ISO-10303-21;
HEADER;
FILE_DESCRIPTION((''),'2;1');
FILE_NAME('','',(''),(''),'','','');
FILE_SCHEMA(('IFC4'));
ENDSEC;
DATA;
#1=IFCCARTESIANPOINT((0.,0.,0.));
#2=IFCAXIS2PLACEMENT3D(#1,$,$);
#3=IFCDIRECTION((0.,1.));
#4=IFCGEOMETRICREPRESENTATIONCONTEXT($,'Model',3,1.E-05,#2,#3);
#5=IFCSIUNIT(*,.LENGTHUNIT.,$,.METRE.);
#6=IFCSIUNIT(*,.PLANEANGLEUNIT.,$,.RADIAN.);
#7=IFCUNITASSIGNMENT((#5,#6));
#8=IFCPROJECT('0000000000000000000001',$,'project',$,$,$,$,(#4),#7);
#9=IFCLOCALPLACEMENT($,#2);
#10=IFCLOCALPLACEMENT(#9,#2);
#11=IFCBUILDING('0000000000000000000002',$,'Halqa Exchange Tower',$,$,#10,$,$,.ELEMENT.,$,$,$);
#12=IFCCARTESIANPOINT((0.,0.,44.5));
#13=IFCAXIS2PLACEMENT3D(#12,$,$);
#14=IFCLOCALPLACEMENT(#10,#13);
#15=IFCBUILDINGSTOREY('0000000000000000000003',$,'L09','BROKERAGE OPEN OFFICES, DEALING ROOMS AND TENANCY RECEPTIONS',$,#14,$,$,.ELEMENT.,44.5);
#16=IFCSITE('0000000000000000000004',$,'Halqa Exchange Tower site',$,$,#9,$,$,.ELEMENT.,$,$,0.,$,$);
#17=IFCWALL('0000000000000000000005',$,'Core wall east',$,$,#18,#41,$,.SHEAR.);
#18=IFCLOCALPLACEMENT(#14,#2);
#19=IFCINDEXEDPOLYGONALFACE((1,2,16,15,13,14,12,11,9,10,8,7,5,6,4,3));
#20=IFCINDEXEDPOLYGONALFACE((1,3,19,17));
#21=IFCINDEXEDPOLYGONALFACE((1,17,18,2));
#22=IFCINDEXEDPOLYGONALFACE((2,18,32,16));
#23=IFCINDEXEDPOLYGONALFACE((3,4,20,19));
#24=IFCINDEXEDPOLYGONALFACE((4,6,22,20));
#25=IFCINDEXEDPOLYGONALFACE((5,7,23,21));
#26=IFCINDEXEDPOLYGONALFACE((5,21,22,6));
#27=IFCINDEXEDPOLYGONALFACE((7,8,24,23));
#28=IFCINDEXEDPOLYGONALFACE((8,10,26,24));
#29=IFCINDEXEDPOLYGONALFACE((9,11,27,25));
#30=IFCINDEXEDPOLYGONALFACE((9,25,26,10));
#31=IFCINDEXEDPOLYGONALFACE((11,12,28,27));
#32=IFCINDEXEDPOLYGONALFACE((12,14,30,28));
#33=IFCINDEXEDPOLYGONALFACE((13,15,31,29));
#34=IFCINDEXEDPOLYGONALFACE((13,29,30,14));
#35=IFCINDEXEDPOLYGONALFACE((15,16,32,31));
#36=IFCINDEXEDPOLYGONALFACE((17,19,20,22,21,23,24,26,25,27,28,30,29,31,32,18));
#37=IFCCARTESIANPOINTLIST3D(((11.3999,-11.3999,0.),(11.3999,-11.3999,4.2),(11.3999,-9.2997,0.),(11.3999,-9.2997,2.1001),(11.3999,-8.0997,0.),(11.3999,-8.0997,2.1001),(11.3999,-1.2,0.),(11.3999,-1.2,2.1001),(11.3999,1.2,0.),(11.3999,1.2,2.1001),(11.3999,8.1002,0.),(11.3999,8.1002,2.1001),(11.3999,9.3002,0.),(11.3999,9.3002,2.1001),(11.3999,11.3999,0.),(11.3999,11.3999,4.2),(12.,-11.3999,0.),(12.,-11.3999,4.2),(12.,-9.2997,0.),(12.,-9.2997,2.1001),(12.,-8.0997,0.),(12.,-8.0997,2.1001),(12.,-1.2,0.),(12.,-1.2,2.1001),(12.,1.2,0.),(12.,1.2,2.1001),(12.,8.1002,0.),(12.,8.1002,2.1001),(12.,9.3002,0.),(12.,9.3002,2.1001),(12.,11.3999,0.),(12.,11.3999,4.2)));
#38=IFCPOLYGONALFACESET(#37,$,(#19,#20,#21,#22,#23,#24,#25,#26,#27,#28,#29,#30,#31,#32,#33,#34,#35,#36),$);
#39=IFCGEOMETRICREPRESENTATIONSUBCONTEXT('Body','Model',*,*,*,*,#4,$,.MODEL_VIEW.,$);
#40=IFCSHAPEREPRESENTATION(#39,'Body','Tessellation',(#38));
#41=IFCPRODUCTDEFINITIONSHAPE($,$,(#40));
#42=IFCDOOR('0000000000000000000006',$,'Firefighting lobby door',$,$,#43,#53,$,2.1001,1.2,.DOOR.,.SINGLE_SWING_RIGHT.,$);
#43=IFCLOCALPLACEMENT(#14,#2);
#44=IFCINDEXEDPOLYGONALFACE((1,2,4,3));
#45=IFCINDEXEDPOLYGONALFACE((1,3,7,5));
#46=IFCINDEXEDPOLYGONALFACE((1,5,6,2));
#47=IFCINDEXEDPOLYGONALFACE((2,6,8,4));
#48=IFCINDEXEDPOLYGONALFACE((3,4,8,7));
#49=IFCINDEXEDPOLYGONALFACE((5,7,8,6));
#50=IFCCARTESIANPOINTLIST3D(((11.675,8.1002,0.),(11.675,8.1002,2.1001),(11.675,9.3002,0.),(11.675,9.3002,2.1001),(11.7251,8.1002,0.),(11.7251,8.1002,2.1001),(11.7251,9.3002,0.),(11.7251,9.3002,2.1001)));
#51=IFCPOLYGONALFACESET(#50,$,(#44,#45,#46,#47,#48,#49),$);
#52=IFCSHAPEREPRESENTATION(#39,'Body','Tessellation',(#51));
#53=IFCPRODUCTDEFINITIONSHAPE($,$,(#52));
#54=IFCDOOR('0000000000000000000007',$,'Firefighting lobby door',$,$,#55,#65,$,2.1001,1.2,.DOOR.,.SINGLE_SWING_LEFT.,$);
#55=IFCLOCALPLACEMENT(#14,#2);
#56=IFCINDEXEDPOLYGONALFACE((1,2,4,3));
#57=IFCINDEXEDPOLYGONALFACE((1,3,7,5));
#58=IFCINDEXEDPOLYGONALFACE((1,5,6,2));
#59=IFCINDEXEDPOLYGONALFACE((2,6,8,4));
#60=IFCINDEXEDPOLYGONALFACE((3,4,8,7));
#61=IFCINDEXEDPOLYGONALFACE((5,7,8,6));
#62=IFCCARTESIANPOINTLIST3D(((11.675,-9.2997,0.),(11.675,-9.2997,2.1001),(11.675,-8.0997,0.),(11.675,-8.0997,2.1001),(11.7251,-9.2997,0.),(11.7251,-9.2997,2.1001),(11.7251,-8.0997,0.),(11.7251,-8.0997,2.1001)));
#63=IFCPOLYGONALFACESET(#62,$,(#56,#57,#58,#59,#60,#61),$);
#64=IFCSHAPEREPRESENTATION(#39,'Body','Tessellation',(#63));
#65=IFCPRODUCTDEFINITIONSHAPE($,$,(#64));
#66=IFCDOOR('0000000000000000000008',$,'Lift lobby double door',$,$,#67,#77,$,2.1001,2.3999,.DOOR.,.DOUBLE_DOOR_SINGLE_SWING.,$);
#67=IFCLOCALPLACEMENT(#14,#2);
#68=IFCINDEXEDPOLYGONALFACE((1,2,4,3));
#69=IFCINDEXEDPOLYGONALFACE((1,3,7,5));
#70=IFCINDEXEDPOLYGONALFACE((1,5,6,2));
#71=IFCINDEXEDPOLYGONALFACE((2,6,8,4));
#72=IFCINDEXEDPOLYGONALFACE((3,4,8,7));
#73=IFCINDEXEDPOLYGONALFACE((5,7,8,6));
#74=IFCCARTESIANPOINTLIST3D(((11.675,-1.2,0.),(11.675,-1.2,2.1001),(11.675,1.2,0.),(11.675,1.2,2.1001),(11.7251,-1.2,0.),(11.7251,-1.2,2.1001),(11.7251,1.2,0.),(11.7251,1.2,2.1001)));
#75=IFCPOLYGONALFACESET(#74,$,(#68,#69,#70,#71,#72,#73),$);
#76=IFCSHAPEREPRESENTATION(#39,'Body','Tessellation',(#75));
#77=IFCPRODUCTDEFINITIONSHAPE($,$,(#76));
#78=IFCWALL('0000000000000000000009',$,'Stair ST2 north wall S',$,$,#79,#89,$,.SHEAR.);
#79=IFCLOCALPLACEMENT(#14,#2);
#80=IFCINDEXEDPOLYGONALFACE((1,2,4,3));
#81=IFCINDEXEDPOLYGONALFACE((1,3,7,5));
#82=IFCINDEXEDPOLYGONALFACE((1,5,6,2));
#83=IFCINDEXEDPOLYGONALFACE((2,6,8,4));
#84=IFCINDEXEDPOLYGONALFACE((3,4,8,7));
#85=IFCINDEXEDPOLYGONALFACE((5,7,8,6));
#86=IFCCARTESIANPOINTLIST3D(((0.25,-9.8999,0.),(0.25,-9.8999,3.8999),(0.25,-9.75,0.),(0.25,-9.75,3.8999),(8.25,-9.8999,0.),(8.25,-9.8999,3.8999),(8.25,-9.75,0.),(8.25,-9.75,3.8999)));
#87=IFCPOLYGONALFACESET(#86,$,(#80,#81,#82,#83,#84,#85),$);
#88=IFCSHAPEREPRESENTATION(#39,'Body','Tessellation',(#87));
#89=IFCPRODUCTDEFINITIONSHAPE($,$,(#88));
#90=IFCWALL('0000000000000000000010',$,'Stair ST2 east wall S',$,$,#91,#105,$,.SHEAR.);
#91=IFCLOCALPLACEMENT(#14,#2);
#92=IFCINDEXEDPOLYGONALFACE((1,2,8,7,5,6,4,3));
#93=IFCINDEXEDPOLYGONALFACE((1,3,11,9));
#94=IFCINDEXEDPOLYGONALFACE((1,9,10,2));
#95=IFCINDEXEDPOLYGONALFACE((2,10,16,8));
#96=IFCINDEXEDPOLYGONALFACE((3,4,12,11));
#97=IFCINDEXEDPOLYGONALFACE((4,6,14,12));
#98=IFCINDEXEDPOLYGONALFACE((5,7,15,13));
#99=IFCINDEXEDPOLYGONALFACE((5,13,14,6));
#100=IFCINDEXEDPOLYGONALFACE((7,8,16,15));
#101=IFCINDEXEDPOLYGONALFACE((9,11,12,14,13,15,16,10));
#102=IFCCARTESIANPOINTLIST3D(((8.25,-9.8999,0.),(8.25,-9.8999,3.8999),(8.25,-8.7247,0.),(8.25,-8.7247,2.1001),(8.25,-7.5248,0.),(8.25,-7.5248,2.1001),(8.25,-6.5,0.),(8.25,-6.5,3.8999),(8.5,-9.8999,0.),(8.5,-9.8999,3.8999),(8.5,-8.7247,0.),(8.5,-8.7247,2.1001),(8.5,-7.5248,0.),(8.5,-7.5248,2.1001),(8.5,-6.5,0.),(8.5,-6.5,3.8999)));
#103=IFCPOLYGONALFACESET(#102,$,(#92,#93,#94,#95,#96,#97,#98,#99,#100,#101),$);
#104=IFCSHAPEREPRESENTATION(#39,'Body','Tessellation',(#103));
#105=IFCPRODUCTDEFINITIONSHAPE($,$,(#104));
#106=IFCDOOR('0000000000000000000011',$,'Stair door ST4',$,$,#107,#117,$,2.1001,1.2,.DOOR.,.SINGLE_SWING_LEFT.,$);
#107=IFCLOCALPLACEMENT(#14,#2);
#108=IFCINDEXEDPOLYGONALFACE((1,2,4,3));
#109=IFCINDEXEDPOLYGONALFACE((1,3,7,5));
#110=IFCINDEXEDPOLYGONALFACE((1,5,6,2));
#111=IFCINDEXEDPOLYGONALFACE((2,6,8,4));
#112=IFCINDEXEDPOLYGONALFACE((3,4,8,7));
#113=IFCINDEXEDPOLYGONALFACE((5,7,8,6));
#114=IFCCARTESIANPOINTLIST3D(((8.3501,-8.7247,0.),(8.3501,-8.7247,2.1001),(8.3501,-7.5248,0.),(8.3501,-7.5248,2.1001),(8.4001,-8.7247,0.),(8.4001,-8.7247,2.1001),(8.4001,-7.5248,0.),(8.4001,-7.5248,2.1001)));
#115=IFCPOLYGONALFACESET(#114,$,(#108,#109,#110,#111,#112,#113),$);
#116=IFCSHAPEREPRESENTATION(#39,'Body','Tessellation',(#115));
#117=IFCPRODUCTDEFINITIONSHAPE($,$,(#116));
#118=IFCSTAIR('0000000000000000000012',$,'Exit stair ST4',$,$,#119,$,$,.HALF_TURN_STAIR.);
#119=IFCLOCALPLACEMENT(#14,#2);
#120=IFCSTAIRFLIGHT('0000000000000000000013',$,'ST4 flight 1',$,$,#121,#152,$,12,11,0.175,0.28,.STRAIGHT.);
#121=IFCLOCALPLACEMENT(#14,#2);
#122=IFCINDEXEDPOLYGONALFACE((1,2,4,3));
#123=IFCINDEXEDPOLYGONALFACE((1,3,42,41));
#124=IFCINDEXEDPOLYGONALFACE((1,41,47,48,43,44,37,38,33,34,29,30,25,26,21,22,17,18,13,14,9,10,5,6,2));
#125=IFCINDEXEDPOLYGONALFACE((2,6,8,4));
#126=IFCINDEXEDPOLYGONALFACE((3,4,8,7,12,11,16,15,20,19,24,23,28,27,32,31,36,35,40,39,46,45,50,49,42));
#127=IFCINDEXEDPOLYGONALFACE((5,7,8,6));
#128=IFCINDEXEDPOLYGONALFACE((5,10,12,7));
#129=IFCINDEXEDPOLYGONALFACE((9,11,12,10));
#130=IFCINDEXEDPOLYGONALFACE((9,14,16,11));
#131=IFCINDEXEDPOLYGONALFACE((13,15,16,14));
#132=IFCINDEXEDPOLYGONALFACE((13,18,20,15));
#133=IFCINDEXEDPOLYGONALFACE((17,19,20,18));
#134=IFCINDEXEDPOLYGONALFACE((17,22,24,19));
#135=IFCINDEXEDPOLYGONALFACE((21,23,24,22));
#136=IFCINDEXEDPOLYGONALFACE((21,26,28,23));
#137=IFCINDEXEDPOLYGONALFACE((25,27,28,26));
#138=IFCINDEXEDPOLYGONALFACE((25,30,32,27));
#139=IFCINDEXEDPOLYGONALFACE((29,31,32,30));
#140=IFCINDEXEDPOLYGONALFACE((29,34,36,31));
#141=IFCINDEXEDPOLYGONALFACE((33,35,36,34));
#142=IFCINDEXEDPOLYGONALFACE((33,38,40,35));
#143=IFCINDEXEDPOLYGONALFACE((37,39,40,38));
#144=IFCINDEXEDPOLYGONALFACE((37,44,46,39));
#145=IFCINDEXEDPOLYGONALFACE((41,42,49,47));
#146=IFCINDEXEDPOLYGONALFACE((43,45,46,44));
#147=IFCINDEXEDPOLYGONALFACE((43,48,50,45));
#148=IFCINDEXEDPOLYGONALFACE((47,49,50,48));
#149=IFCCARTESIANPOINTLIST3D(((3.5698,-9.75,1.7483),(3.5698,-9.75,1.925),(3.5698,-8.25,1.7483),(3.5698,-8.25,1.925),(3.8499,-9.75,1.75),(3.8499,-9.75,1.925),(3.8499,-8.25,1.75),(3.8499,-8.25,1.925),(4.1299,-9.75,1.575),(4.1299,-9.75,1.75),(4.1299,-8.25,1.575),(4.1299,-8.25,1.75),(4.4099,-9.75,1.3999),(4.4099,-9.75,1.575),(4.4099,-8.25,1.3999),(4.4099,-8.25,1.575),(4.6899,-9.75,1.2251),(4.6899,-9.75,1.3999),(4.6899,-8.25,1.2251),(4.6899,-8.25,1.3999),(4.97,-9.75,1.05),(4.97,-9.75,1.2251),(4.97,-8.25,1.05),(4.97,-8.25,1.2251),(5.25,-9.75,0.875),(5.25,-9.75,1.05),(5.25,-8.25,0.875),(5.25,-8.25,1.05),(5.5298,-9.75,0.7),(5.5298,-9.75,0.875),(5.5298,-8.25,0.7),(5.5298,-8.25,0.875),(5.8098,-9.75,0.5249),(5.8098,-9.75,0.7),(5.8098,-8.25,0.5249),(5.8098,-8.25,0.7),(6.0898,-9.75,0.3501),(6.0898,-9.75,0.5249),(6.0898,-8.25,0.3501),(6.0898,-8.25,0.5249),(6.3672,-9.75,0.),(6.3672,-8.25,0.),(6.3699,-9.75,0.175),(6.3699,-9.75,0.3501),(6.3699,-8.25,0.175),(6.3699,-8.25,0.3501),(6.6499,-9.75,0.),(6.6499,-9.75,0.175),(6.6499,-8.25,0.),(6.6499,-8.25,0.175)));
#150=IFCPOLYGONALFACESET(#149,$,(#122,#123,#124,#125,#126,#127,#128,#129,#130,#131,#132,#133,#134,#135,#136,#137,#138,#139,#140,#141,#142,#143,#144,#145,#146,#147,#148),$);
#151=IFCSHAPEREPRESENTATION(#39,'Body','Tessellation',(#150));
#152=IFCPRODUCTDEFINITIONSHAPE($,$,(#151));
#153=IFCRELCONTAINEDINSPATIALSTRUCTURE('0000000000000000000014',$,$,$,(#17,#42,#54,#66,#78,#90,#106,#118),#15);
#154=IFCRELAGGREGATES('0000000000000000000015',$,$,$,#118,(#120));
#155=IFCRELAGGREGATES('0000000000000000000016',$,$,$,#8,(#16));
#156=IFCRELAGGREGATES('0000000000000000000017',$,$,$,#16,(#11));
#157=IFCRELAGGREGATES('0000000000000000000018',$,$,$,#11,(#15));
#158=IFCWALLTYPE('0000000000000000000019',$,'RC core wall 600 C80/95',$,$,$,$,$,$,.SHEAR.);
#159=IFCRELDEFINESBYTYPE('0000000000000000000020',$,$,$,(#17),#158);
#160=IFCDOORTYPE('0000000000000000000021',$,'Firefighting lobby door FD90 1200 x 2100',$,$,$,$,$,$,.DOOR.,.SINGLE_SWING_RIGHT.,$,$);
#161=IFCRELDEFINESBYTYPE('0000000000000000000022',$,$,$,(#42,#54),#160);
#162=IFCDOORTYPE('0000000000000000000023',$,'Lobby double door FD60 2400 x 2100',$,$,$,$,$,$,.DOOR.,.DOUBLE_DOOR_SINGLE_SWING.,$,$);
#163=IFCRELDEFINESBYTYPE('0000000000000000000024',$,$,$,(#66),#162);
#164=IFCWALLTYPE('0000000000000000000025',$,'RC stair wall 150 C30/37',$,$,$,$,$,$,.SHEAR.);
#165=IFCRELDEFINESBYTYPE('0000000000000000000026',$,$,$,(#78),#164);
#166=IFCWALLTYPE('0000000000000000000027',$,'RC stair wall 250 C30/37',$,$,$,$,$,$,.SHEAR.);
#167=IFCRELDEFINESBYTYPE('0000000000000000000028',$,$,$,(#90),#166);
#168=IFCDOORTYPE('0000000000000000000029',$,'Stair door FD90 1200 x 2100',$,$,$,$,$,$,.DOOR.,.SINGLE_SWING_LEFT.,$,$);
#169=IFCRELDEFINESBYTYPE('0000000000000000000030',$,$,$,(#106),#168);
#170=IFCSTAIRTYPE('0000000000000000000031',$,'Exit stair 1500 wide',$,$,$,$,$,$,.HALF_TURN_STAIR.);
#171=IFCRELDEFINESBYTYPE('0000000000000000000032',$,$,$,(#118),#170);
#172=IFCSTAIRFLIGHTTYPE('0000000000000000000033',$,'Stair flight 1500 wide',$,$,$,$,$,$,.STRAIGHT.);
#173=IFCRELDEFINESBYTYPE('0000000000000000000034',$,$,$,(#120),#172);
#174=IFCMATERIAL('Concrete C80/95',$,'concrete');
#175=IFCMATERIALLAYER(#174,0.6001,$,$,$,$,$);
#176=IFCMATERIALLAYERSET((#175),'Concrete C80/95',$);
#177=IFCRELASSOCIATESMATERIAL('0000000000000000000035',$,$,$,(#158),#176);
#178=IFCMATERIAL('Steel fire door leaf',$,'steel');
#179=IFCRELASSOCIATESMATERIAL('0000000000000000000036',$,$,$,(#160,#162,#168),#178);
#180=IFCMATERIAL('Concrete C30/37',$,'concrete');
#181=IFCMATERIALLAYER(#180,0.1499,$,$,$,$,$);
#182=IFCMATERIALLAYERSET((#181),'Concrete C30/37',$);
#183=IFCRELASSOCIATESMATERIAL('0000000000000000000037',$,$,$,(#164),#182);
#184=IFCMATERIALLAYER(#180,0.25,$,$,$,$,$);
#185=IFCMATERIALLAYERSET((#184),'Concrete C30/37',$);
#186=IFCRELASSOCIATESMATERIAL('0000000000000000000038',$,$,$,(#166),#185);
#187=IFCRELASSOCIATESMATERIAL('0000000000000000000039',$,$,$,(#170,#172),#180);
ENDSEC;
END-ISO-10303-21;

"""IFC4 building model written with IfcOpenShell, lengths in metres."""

from ifc_helpers import new_model, si_unit, direction, frame, frame_2d, origin, place, context, subcontext, project, spatial, polyline, rectangle, outline, extrude, material, layer, layer_set, type_object, element, fill, aggregate, save


model = new_model("IFC4")

# Units and contexts
model_context = context("Model", 3, precision=1e-05, world=origin(), true_north=direction((0.0, 1.0)))
body_context = subcontext(model_context, "Body", "Model", "MODEL_VIEW")
ifc_project = project(units=[si_unit("LENGTHUNIT", "METRE"), si_unit("PLANEANGLEUNIT", "RADIAN")], contexts=[model_context])

# Site, building, storey
site_placement = place(None, origin())
site = spatial("IfcSite", under=ifc_project, at=site_placement, Name="Halqa Exchange Tower site", CompositionType="ELEMENT", RefElevation=0.0)
building_placement = place(site_placement, origin())
building = spatial("IfcBuilding", under=site, at=building_placement, Name="Halqa Exchange Tower", CompositionType="ELEMENT")
storey_placement = place(building_placement, frame((0.0, 0.0, 44.5)))
storey = spatial("IfcBuildingStorey", under=building, at=storey_placement, Name="L09", Description="BROKERAGE OPEN OFFICES, DEALING ROOMS AND TENANCY RECEPTIONS", CompositionType="ELEMENT", Elevation=44.5)

# Wall, openings, doors
ifc_material_1 = material(Name="Concrete C80/95", Category="concrete")
ifc_layer_1 = layer(ifc_material_1, 0.6001)
ifc_layer_set_1 = layer_set([ifc_layer_1], Name="Concrete C80/95")
wall_type_1 = type_object("IfcWallType", Name="RC core wall 600 C80/95", PredefinedType="SHEAR", material=ifc_layer_set_1)
wall_1_placement = place(storey_placement, frame((11.7, -11.3999, 0.0), z_axis=(0.0, 0.0, 1.0), x_axis=(0.0, 1.0, 0.0)))
wall_1 = element("IfcWall", 1, at=wall_1_placement, inside=storey, type_object=wall_type_1, Name="Core wall east", PredefinedType="SHEAR", context=body_context, shape_type="SweptSolid", body=[
    extrude(rectangle(XDim=22.7998, YDim=0.6001, at=frame_2d((11.3999, 0.0))), origin(), (0.0, 0.0, 1.0), 4.2),
])
opening_1_placement = place(wall_1_placement, frame((10.2, 0.0, 0.0)))
opening_1 = element("IfcOpeningElement", 2, at=opening_1_placement, cuts=wall_1, PredefinedType="OPENING", context=body_context, shape_type="SweptSolid", body=[
    extrude(rectangle(XDim=2.3999, YDim=2.1001, at=frame_2d((1.2, 1.05))), frame((0.0, 0.312, 0.0), z_axis=(0.0, -1.0, 0.0), x_axis=(1.0, 0.0, 0.0)), (0.0, 0.0, 1.0), 0.624),
])
opening_2_placement = place(wall_1_placement, frame((19.5, 0.0, 0.0)))
opening_2 = element("IfcOpeningElement", 3, at=opening_2_placement, cuts=wall_1, PredefinedType="OPENING", context=body_context, shape_type="SweptSolid", body=[
    extrude(rectangle(XDim=1.2, YDim=2.1001, at=frame_2d((0.6001, 1.05))), frame((0.0, 0.312, 0.0), z_axis=(0.0, -1.0, 0.0), x_axis=(1.0, 0.0, 0.0)), (0.0, 0.0, 1.0), 0.624),
])
opening_3_placement = place(wall_1_placement, frame((2.1001, 0.0, 0.0)))
opening_3 = element("IfcOpeningElement", 4, at=opening_3_placement, cuts=wall_1, PredefinedType="OPENING", context=body_context, shape_type="SweptSolid", body=[
    extrude(rectangle(XDim=1.2, YDim=2.1001, at=frame_2d((0.6001, 1.05))), frame((0.0, 0.312, 0.0), z_axis=(0.0, -1.0, 0.0), x_axis=(1.0, 0.0, 0.0)), (0.0, 0.0, 1.0), 0.624),
])
ifc_material_2 = material(Name="Steel fire door leaf", Category="steel")
door_type_1 = type_object("IfcDoorType", Name="Firefighting lobby door FD90 1200 x 2100", OperationType="SINGLE_SWING_RIGHT", PredefinedType="DOOR", material=ifc_material_2)
door_1_placement = place(opening_2_placement, origin())
door_1 = element("IfcDoor", 5, at=door_1_placement, inside=storey, type_object=door_type_1, Name="Firefighting lobby door", OperationType="SINGLE_SWING_RIGHT", OverallHeight=2.1001, OverallWidth=1.2, PredefinedType="DOOR", context=body_context, shape_type="SweptSolid", body=[
    extrude(rectangle(XDim=1.2, YDim=2.1001, at=frame_2d((0.6001, 1.05))), frame((0.0, 0.0249, 0.0), z_axis=(0.0, -1.0, 0.0), x_axis=(1.0, 0.0, 0.0)), (0.0, 0.0, 1.0), 0.05),
])
fill(opening_2, door_1)
door_2_placement = place(opening_3_placement, origin())
door_2 = element("IfcDoor", 6, at=door_2_placement, inside=storey, type_object=door_type_1, Name="Firefighting lobby door", OperationType="SINGLE_SWING_LEFT", OverallHeight=2.1001, OverallWidth=1.2, PredefinedType="DOOR", context=body_context, shape_type="SweptSolid", body=[
    extrude(rectangle(XDim=1.2, YDim=2.1001, at=frame_2d((0.6001, 1.05))), frame((0.0, 0.0249, 0.0), z_axis=(0.0, -1.0, 0.0), x_axis=(1.0, 0.0, 0.0)), (0.0, 0.0, 1.0), 0.05),
])
fill(opening_3, door_2)
door_type_2 = type_object("IfcDoorType", Name="Lobby double door FD60 2400 x 2100", OperationType="DOUBLE_DOOR_SINGLE_SWING", PredefinedType="DOOR", material=ifc_material_2)
door_3_placement = place(opening_1_placement, origin())
door_3 = element("IfcDoor", 7, at=door_3_placement, inside=storey, type_object=door_type_2, Name="Lift lobby double door", OperationType="DOUBLE_DOOR_SINGLE_SWING", OverallHeight=2.1001, OverallWidth=2.3999, PredefinedType="DOOR", context=body_context, shape_type="SweptSolid", body=[
    extrude(rectangle(XDim=2.3999, YDim=2.1001, at=frame_2d((1.2, 1.05))), frame((0.0, 0.0249, 0.0), z_axis=(0.0, -1.0, 0.0), x_axis=(1.0, 0.0, 0.0)), (0.0, 0.0, 1.0), 0.05),
])
fill(opening_1, door_3)

# Wall
ifc_material_3 = material(Name="Concrete C30/37", Category="concrete")
ifc_layer_2 = layer(ifc_material_3, 0.1499)
ifc_layer_set_2 = layer_set([ifc_layer_2], Name="Concrete C30/37")
wall_type_2 = type_object("IfcWallType", Name="RC stair wall 150 C30/37", PredefinedType="SHEAR", material=ifc_layer_set_2)
wall_2_placement = place(storey_placement, frame((0.25, -9.825, 0.0), z_axis=(0.0, 0.0, 1.0), x_axis=(1.0, 0.0, 0.0)))
element("IfcWall", 8, at=wall_2_placement, inside=storey, type_object=wall_type_2, Name="Stair ST2 north wall S", PredefinedType="SHEAR", context=body_context, shape_type="SweptSolid", body=[
    extrude(rectangle(XDim=8.0, YDim=0.1499, at=frame_2d((4.0, 0.0))), origin(), (0.0, 0.0, 1.0), 3.8999),
])

# Wall, opening, door
ifc_layer_3 = layer(ifc_material_3, 0.25)
ifc_layer_set_3 = layer_set([ifc_layer_3], Name="Concrete C30/37")
wall_type_3 = type_object("IfcWallType", Name="RC stair wall 250 C30/37", PredefinedType="SHEAR", material=ifc_layer_set_3)
wall_3_placement = place(storey_placement, frame((8.375, -9.8999, 0.0), z_axis=(0.0, 0.0, 1.0), x_axis=(0.0, 1.0, 0.0)))
wall_3 = element("IfcWall", 9, at=wall_3_placement, inside=storey, type_object=wall_type_3, Name="Stair ST2 east wall S", PredefinedType="SHEAR", context=body_context, shape_type="SweptSolid", body=[
    extrude(rectangle(XDim=3.3999, YDim=0.25, at=frame_2d((1.7, 0.0))), origin(), (0.0, 0.0, 1.0), 3.8999),
])
opening_4_placement = place(wall_3_placement, frame((1.175, 0.0, 0.0)))
opening_4 = element("IfcOpeningElement", 10, at=opening_4_placement, cuts=wall_3, PredefinedType="OPENING", context=body_context, shape_type="SweptSolid", body=[
    extrude(rectangle(XDim=1.2, YDim=2.1001, at=frame_2d((0.6001, 1.05))), frame((0.0, 0.137, 0.0), z_axis=(0.0, -1.0, 0.0), x_axis=(1.0, 0.0, 0.0)), (0.0, 0.0, 1.0), 0.2739),
])
door_type_3 = type_object("IfcDoorType", Name="Stair door FD90 1200 x 2100", OperationType="SINGLE_SWING_LEFT", PredefinedType="DOOR", material=ifc_material_2)
door_4_placement = place(opening_4_placement, origin())
door_4 = element("IfcDoor", 11, at=door_4_placement, inside=storey, type_object=door_type_3, Name="Stair door ST4", OperationType="SINGLE_SWING_LEFT", OverallHeight=2.1001, OverallWidth=1.2, PredefinedType="DOOR", context=body_context, shape_type="SweptSolid", body=[
    extrude(rectangle(XDim=1.2, YDim=2.1001, at=frame_2d((0.6001, 1.05))), frame((0.0, 0.0249, 0.0), z_axis=(0.0, -1.0, 0.0), x_axis=(1.0, 0.0, 0.0)), (0.0, 0.0, 1.0), 0.05),
])
fill(opening_4, door_4)

# Stair, stair flight
stair_type = type_object("IfcStairType", Name="Exit stair 1500 wide", PredefinedType="HALF_TURN_STAIR", material=ifc_material_3)
stair_placement = place(storey_placement, origin())
stair = element("IfcStair", 12, at=stair_placement, inside=storey, type_object=stair_type, Name="Exit stair ST4", PredefinedType="HALF_TURN_STAIR")
stair_flight_type = type_object("IfcStairFlightType", Name="Stair flight 1500 wide", PredefinedType="STRAIGHT", material=ifc_material_3)
stair_flight_1_placement = place(storey_placement, frame((6.6499, -9.0, 0.0), z_axis=(0.0, 0.0, 1.0), x_axis=(-1.0, 0.0, 0.0)))
stair_flight_1 = element("IfcStairFlight", 13, at=stair_flight_1_placement, type_object=stair_flight_type, Name="ST4 flight 1", NumberOfRisers=12, NumberOfTreads=11, PredefinedType="STRAIGHT", RiserHeight=0.175, TreadLength=0.28, context=body_context, shape_type="SweptSolid", body=[
    extrude(outline(polyline([(0.0, 0.0), (0.0, 0.175), (0.28, 0.175), (0.28, 0.3501), (0.5601, 0.3501), (0.5601, 0.5249), (0.8401, 0.5249), (0.8401, 0.7), (1.1201, 0.7), (1.1201, 0.875), (1.3999, 0.875), (1.3999, 1.05), (1.6799, 1.05), (1.6799, 1.2251), (1.96, 1.2251), (1.96, 1.3999), (2.24, 1.3999), (2.24, 1.575), (2.52, 1.575), (2.52, 1.75), (2.8, 1.75), (2.8, 1.925), (3.0801, 1.925), (3.0801, 2.1001), (3.0801, 1.7483), (0.2827, 0.0), (0.0, 0.0)])), frame((0.0, 0.75, 0.0), z_axis=(0.0, -1.0, 0.0), x_axis=(1.0, 0.0, 0.0)), (0.0, 0.0, 1.0), 1.5),
])
aggregate(stair, [stair_flight_1])

save(model, "model.ifc")
